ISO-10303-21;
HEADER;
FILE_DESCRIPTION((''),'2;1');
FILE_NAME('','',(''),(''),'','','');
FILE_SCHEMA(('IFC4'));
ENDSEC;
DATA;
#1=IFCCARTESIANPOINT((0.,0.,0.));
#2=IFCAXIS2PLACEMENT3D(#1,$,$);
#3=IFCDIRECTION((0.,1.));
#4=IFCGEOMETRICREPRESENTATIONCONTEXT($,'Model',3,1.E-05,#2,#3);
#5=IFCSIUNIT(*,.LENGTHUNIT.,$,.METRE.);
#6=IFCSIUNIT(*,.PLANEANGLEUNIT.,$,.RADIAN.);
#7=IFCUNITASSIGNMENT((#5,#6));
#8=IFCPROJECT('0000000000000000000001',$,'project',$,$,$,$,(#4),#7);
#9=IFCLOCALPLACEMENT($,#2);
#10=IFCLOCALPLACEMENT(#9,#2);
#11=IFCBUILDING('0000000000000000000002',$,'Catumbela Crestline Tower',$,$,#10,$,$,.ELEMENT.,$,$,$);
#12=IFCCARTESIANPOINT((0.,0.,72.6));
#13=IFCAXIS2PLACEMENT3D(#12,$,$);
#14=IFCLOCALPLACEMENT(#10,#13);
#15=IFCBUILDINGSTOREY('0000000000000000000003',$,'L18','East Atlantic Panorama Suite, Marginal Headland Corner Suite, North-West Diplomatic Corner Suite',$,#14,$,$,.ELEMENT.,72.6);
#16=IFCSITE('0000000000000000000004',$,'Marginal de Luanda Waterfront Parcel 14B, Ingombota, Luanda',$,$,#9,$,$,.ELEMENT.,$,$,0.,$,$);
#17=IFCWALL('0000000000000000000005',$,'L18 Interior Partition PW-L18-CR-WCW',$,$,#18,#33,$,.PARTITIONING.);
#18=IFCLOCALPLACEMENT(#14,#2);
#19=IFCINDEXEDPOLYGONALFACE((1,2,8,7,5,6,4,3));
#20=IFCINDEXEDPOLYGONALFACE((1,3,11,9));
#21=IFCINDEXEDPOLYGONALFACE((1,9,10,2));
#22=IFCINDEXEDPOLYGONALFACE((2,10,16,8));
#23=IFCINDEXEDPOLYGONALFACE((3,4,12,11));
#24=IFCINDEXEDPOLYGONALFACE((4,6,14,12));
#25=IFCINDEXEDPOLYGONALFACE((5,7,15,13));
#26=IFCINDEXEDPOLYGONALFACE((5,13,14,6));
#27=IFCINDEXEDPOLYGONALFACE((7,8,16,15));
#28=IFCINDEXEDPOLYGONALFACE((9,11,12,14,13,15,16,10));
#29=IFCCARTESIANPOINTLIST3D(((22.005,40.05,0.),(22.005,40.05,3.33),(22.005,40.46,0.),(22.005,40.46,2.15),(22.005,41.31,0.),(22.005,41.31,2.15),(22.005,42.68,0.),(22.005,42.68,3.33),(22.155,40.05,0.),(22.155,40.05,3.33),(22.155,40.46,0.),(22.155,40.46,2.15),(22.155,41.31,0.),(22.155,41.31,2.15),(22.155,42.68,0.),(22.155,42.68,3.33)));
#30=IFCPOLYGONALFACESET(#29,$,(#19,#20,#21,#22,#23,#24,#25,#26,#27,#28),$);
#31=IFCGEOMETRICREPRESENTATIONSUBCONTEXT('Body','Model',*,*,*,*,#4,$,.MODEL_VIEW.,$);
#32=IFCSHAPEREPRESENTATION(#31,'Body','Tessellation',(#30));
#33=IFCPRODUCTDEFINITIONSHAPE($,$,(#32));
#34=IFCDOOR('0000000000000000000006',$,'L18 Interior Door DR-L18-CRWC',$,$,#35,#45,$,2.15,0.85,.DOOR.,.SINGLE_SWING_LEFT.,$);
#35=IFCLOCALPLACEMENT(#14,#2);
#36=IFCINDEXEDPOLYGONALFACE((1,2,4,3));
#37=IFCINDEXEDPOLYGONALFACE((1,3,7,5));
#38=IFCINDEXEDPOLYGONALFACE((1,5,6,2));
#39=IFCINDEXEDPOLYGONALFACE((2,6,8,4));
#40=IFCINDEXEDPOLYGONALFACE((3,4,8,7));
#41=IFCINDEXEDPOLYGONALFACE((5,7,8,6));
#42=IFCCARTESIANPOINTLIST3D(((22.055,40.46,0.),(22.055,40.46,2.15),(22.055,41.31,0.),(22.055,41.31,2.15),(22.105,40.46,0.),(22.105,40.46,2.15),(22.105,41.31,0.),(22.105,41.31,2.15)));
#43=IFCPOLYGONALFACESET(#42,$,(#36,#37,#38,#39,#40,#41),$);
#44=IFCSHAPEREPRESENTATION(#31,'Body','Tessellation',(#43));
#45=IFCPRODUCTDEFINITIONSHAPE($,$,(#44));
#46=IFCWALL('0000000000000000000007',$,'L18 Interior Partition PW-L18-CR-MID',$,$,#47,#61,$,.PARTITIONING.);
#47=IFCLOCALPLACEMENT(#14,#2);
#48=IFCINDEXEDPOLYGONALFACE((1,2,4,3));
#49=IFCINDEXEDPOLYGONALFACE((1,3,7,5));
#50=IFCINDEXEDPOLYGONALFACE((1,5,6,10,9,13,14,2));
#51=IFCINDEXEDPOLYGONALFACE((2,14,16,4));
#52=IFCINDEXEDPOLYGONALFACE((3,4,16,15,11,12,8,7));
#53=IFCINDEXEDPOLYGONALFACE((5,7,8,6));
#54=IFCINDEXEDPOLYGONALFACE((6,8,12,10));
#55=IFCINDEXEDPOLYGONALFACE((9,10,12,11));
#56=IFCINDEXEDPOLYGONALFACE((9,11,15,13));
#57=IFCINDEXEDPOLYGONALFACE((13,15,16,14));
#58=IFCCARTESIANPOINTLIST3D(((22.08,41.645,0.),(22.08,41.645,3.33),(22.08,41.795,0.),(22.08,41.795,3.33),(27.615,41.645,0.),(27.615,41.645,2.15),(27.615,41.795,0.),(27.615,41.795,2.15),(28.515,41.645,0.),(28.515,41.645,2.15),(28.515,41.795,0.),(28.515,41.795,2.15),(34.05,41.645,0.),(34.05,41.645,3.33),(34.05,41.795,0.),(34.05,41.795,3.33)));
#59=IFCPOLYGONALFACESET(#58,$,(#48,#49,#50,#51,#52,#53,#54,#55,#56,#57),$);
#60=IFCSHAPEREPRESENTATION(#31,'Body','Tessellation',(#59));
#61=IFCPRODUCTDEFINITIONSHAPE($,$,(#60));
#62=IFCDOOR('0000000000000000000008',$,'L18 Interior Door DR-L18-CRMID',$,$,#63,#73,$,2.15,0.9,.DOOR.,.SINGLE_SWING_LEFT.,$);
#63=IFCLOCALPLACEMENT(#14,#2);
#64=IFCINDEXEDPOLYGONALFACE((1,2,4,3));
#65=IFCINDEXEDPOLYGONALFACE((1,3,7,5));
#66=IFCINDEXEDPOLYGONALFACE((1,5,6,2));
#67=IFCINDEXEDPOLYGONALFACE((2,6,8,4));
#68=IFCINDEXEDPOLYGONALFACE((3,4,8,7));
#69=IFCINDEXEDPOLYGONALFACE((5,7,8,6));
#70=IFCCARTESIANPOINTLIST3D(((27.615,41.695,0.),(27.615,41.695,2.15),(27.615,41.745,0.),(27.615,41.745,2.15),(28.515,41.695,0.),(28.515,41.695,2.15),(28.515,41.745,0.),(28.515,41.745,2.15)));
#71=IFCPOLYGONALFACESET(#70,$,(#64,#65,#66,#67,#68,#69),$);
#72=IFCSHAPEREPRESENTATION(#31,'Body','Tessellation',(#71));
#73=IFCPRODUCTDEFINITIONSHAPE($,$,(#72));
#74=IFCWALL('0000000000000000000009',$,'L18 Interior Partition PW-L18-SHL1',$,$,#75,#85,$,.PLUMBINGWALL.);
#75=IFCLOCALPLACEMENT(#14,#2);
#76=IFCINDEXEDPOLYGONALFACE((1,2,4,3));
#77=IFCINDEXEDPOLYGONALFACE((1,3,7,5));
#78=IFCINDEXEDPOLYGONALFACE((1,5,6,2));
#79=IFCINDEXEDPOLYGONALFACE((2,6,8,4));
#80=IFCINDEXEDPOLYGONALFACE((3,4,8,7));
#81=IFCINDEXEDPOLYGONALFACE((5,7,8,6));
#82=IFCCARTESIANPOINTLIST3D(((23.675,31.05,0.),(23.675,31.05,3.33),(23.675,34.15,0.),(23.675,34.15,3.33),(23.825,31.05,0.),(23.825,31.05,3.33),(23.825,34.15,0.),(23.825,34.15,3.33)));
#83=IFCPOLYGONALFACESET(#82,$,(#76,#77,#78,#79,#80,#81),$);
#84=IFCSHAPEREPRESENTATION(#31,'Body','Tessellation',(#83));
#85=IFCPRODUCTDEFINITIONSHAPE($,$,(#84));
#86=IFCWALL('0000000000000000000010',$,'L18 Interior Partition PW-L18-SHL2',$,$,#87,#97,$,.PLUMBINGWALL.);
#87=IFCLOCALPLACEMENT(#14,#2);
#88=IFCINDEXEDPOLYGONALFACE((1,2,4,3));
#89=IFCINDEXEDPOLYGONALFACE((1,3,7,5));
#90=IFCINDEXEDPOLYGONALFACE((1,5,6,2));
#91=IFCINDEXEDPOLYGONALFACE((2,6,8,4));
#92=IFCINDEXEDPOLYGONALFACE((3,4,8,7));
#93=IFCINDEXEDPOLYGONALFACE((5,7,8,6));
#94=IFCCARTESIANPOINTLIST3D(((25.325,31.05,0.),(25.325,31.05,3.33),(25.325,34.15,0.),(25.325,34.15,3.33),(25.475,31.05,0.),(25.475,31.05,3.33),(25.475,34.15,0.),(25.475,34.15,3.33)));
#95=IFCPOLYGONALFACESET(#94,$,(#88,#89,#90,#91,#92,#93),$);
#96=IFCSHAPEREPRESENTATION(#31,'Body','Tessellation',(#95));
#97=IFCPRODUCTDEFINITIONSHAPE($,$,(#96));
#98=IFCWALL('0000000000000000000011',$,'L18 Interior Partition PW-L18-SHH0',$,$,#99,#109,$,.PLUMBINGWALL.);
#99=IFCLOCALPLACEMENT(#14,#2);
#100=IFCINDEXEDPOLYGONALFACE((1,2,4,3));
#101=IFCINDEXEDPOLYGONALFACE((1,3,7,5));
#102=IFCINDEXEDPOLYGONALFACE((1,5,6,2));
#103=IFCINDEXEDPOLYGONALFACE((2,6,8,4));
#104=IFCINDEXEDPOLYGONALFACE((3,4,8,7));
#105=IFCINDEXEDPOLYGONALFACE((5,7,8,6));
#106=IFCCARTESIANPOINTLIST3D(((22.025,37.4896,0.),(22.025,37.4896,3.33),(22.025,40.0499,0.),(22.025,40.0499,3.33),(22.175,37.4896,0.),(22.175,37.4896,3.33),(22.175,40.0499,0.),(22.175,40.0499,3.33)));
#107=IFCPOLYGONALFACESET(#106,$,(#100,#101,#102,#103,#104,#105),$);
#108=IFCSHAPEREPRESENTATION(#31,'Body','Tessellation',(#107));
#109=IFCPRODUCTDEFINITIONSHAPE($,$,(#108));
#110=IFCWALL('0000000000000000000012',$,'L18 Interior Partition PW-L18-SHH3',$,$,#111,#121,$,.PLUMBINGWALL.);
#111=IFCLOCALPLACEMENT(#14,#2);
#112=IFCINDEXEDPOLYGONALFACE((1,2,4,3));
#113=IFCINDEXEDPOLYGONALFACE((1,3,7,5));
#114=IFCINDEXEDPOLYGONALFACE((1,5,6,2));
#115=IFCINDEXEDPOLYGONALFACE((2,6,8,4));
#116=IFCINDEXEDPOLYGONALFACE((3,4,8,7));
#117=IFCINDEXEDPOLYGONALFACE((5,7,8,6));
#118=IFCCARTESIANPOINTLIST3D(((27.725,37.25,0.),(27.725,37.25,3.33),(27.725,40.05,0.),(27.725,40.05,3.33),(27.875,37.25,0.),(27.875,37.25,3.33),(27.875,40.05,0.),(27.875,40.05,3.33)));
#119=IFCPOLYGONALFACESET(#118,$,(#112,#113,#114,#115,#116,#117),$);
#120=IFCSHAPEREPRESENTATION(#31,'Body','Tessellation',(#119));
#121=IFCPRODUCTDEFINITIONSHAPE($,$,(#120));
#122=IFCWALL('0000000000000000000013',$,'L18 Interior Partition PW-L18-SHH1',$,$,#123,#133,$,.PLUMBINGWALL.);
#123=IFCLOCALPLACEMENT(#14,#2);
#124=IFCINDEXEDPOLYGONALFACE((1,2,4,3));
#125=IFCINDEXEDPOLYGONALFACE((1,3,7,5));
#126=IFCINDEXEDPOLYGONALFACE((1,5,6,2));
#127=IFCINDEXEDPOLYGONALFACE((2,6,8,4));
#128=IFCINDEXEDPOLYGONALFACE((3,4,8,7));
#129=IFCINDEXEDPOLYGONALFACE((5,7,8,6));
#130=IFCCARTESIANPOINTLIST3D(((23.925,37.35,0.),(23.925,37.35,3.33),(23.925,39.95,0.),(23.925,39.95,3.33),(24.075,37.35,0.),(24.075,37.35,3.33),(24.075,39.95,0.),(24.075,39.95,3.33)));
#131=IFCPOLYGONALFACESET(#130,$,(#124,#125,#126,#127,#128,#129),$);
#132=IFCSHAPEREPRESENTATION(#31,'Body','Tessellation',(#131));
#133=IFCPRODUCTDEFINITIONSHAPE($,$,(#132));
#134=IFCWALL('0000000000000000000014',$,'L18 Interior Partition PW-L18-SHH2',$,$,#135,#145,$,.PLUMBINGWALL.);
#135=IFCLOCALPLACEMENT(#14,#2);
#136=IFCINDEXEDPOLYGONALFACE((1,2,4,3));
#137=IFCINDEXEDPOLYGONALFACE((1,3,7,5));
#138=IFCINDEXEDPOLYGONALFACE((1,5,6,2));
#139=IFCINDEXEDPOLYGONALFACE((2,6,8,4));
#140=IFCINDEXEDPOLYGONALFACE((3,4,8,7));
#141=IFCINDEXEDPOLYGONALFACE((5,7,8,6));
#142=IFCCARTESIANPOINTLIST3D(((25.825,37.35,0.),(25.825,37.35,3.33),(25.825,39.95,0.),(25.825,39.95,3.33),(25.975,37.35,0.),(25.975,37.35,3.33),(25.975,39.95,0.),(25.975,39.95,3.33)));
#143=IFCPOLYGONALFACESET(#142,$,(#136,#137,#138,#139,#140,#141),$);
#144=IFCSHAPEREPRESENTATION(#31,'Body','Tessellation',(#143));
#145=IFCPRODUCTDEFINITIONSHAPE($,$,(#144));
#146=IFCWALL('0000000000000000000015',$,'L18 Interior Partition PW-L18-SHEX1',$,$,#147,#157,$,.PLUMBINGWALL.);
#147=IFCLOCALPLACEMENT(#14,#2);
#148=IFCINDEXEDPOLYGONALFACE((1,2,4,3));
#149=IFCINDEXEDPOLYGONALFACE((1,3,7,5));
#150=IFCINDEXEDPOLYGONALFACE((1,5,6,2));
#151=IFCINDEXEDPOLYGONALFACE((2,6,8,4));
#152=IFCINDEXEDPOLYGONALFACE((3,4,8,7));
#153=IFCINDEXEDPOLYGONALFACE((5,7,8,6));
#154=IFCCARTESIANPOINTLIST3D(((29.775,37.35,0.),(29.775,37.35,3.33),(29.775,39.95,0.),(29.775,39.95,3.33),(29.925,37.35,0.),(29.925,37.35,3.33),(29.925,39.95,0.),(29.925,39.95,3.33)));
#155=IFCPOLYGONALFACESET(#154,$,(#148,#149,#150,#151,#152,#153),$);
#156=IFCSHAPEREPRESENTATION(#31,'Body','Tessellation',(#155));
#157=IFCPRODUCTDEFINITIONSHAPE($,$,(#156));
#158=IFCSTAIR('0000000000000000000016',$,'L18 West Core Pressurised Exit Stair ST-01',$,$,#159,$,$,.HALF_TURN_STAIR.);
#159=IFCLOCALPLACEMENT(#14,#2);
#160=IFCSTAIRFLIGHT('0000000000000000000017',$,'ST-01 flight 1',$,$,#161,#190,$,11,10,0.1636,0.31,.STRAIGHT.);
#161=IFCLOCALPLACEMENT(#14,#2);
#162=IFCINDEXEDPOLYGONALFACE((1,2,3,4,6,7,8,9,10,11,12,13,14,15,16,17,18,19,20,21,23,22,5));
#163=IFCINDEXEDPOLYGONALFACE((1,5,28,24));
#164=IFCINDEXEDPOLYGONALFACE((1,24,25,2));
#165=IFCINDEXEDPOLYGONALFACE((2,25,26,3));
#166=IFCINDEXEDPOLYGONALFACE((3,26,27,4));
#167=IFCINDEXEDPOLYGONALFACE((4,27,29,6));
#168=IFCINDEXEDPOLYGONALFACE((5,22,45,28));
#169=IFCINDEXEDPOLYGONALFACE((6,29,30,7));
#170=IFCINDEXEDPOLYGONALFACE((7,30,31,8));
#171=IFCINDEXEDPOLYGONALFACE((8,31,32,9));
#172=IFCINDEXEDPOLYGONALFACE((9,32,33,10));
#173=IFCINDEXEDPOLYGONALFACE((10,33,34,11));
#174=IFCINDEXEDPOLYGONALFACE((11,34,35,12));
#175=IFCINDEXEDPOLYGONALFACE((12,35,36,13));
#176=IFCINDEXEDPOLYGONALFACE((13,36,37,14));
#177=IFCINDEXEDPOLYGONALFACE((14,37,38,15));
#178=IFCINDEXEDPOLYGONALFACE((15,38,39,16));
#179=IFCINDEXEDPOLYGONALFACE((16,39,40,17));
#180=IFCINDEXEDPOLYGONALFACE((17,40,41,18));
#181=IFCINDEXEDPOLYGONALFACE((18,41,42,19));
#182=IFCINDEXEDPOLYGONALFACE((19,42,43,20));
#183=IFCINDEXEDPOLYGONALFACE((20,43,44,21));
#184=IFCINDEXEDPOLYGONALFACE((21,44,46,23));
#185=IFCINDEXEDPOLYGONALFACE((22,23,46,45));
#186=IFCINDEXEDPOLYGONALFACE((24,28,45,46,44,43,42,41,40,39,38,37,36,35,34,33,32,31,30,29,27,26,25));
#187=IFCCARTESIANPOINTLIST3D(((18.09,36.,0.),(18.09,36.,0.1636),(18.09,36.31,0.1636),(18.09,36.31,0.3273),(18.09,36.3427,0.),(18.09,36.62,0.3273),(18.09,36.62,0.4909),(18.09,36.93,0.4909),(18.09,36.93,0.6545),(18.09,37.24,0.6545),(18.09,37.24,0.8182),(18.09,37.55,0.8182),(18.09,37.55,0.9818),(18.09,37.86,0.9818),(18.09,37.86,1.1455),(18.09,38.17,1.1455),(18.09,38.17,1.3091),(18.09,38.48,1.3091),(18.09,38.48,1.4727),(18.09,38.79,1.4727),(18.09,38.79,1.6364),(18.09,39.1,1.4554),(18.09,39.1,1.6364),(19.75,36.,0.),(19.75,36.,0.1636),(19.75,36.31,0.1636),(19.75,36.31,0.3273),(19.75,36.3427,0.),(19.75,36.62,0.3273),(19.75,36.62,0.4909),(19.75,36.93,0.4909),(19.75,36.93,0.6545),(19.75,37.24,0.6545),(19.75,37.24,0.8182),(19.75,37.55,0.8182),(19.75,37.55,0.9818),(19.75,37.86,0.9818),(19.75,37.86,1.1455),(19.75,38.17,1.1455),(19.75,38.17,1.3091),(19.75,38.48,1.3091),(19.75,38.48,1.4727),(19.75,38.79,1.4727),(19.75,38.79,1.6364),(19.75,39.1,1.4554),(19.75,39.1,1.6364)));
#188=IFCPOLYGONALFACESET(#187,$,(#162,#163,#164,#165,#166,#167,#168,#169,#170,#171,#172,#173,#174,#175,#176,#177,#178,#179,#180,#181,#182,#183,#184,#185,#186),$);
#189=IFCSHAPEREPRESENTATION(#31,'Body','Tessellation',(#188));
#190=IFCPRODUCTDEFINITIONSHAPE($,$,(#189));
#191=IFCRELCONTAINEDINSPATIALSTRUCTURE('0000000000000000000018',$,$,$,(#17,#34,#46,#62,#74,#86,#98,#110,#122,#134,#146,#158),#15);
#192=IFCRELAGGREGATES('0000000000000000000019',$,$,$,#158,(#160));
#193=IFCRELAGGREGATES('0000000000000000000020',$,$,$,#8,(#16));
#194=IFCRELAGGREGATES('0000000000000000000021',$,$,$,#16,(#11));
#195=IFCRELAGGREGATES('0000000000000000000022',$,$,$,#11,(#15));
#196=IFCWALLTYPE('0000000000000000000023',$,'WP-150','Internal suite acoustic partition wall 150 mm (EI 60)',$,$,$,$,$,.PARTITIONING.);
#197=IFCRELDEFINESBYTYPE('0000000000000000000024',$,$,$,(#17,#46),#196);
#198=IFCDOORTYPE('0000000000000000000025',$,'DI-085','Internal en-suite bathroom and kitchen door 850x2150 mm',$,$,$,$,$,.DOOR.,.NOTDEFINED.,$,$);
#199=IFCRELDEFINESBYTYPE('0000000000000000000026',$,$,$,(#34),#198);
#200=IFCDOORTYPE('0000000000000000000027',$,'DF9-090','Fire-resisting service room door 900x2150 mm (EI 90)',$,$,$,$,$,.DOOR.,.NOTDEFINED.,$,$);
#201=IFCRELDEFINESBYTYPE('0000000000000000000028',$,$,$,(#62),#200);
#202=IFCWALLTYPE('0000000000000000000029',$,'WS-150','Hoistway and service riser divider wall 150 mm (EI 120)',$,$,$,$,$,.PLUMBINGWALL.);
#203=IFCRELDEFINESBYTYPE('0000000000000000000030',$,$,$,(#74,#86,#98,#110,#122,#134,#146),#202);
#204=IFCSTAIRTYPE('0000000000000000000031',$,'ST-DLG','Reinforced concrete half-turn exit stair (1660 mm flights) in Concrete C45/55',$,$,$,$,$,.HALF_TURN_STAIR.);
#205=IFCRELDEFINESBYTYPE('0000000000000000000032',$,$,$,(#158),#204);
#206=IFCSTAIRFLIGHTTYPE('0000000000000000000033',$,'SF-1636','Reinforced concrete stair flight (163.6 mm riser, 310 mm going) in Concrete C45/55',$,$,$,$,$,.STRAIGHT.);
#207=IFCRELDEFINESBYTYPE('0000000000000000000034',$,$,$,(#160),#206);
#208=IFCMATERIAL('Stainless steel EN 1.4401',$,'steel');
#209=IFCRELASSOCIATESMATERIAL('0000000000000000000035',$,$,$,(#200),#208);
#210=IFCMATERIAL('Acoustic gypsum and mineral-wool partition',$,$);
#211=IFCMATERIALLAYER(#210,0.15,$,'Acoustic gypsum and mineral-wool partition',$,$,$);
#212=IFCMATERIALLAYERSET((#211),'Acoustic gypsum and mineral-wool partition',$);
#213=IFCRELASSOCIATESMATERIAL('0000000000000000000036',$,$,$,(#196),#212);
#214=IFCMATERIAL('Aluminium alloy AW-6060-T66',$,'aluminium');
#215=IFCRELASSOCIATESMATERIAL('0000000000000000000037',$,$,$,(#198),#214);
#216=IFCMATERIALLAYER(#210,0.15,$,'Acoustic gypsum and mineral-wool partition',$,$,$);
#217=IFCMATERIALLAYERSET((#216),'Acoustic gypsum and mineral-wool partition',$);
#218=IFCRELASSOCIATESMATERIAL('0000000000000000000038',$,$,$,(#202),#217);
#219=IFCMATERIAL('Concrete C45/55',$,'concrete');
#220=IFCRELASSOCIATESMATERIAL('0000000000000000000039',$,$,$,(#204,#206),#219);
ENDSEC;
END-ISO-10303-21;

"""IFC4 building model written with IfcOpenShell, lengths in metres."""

from ifc_helpers import new_model, si_unit, direction, frame, frame_2d, origin, place, context, subcontext, project, spatial, polyline, rectangle, outline, extrude, material, layer, layer_set, type_object, element, fill, aggregate, save


model = new_model("IFC4")

# Units and contexts
model_context = context("Model", 3, precision=1e-05, world=origin(), true_north=direction((0.0, 1.0)))
body_context = subcontext(model_context, "Body", "Model", "MODEL_VIEW")
ifc_project = project(units=[si_unit("LENGTHUNIT", "METRE"), si_unit("PLANEANGLEUNIT", "RADIAN")], contexts=[model_context])

# Site, building, storey
site_placement = place(None, origin())
site = spatial("IfcSite", under=ifc_project, at=site_placement, Name="Marginal de Luanda Waterfront Parcel 14B, Ingombota, Luanda", CompositionType="ELEMENT", RefElevation=0.0)
building_placement = place(site_placement, origin())
building = spatial("IfcBuilding", under=site, at=building_placement, Name="Catumbela Crestline Tower", CompositionType="ELEMENT")
storey_placement = place(building_placement, frame((0.0, 0.0, 72.6)))
storey = spatial("IfcBuildingStorey", under=building, at=storey_placement, Name="L18", Description="East Atlantic Panorama Suite, Marginal Headland Corner Suite, North-West Diplomatic Corner Suite", CompositionType="ELEMENT", Elevation=72.6)

# Shared definitions
ifc_material_1 = material(Name="Aluminium alloy AW-6060-T66", Category="aluminium")

# Shared definitions
ifc_material_2 = material(Name="Stainless steel EN 1.4401", Category="steel")

# Shared definitions
door_type_1 = type_object("IfcDoorType", Name="DF9-090", Description="Fire-resisting service room door 900x2150 mm (EI 90)", OperationType="NOTDEFINED", PredefinedType="DOOR", material=ifc_material_2)

# Walls, openings, doors
ifc_material_3 = material(Name="Acoustic gypsum and mineral-wool partition")
ifc_layer_1 = layer(ifc_material_3, 0.15, Name="Acoustic gypsum and mineral-wool partition")
ifc_layer_set_1 = layer_set([ifc_layer_1], Name="Acoustic gypsum and mineral-wool partition")
wall_type_1 = type_object("IfcWallType", Name="WP-150", Description="Internal suite acoustic partition wall 150 mm (EI 60)", PredefinedType="PARTITIONING", material=ifc_layer_set_1)
wall_1_placement = place(storey_placement, frame((22.08, 40.05, 0.0), z_axis=(0.0, 0.0, 1.0), x_axis=(0.0, 1.0, 0.0)))
wall_1 = element("IfcWall", 1, at=wall_1_placement, inside=storey, type_object=wall_type_1, Name="L18 Interior Partition PW-L18-CR-WCW", PredefinedType="PARTITIONING", context=body_context, shape_type="SweptSolid", body=[
    extrude(rectangle(XDim=2.63, YDim=0.15, at=frame_2d((1.315, 0.0))), origin(), (0.0, 0.0, 1.0), 3.33),
])
opening_1_placement = place(wall_1_placement, frame((0.41, 0.0, 0.0)))
opening_1 = element("IfcOpeningElement", 2, at=opening_1_placement, cuts=wall_1, PredefinedType="OPENING", context=body_context, shape_type="SweptSolid", body=[
    extrude(rectangle(XDim=0.85, YDim=2.15, at=frame_2d((0.425, 1.075))), frame((0.0, 0.085, 0.0), z_axis=(0.0, -1.0, 0.0), x_axis=(1.0, 0.0, 0.0)), (0.0, 0.0, 1.0), 0.17),
])
door_type_2 = type_object("IfcDoorType", Name="DI-085", Description="Internal en-suite bathroom and kitchen door 850x2150 mm", OperationType="NOTDEFINED", PredefinedType="DOOR", material=ifc_material_1)
door_1_placement = place(opening_1_placement, origin())
door_1 = element("IfcDoor", 3, at=door_1_placement, inside=storey, type_object=door_type_2, Name="L18 Interior Door DR-L18-CRWC", OperationType="SINGLE_SWING_LEFT", OverallHeight=2.15, OverallWidth=0.85, PredefinedType="DOOR", context=body_context, shape_type="SweptSolid", body=[
    extrude(rectangle(XDim=0.85, YDim=2.15, at=frame_2d((0.425, 1.075))), frame((0.0, 0.025, 0.0), z_axis=(0.0, -1.0, 0.0), x_axis=(1.0, 0.0, 0.0)), (0.0, 0.0, 1.0), 0.05),
])
fill(opening_1, door_1)
wall_2_placement = place(storey_placement, frame((22.08, 41.72, 0.0), z_axis=(0.0, 0.0, 1.0), x_axis=(1.0, 0.0, 0.0)))
wall_2 = element("IfcWall", 4, at=wall_2_placement, inside=storey, type_object=wall_type_1, Name="L18 Interior Partition PW-L18-CR-MID", PredefinedType="PARTITIONING", context=body_context, shape_type="SweptSolid", body=[
    extrude(rectangle(XDim=11.97, YDim=0.15, at=frame_2d((5.985, 0.0))), origin(), (0.0, 0.0, 1.0), 3.33),
])
opening_2_placement = place(wall_2_placement, frame((5.535, 0.0, 0.0)))
opening_2 = element("IfcOpeningElement", 5, at=opening_2_placement, cuts=wall_2, PredefinedType="OPENING", context=body_context, shape_type="SweptSolid", body=[
    extrude(rectangle(XDim=0.9, YDim=2.15, at=frame_2d((0.45, 1.075))), frame((0.0, 0.085, 0.0), z_axis=(0.0, -1.0, 0.0), x_axis=(1.0, 0.0, 0.0)), (0.0, 0.0, 1.0), 0.17),
])
door_2_placement = place(opening_2_placement, origin())
door_2 = element("IfcDoor", 6, at=door_2_placement, inside=storey, type_object=door_type_1, Name="L18 Interior Door DR-L18-CRMID", OperationType="SINGLE_SWING_LEFT", OverallHeight=2.15, OverallWidth=0.9, PredefinedType="DOOR", context=body_context, shape_type="SweptSolid", body=[
    extrude(rectangle(XDim=0.9, YDim=2.15, at=frame_2d((0.45, 1.075))), frame((0.0, 0.025, 0.0), z_axis=(0.0, -1.0, 0.0), x_axis=(1.0, 0.0, 0.0)), (0.0, 0.0, 1.0), 0.05),
])
fill(opening_2, door_2)

# Walls
ifc_layer_2 = layer(ifc_material_3, 0.15, Name="Acoustic gypsum and mineral-wool partition")
ifc_layer_set_2 = layer_set([ifc_layer_2], Name="Acoustic gypsum and mineral-wool partition")
wall_type_2 = type_object("IfcWallType", Name="WS-150", Description="Hoistway and service riser divider wall 150 mm (EI 120)", PredefinedType="PLUMBINGWALL", material=ifc_layer_set_2)
for number, where, z_axis, x_axis, name in (
    (7, (23.75, 31.05, 0.0), (0.0, 0.0, 1.0), (0.0, 1.0, 0.0), "L18 Interior Partition PW-L18-SHL1"),
    (8, (25.4, 31.05, 0.0), (0.0, 0.0, 1.0), (0.0, 1.0, 0.0), "L18 Interior Partition PW-L18-SHL2"),
):
    element("IfcWall", number, at=place(storey_placement, frame(where, z_axis=z_axis, x_axis=x_axis)), inside=storey, type_object=wall_type_2, Name=name, PredefinedType="PLUMBINGWALL", context=body_context, shape_type="SweptSolid", body=[
        extrude(rectangle(XDim=3.1, YDim=0.15, at=frame_2d((1.55, 0.0))), origin(), (0.0, 0.0, 1.0), 3.33),
    ])
wall_3_placement = place(storey_placement, frame((22.1, 37.4897, 0.0), z_axis=(0.0, 0.0, 1.0), x_axis=(0.0, 1.0, 0.0)))
element("IfcWall", 9, at=wall_3_placement, inside=storey, type_object=wall_type_2, Name="L18 Interior Partition PW-L18-SHH0", PredefinedType="PLUMBINGWALL", context=body_context, shape_type="SweptSolid", body=[
    extrude(rectangle(XDim=2.5603, YDim=0.15, at=frame_2d((1.2801, 0.0))), origin(), (0.0, 0.0, 1.0), 3.33),
])
wall_4_placement = place(storey_placement, frame((27.8, 37.25, 0.0), z_axis=(0.0, 0.0, 1.0), x_axis=(0.0, 1.0, 0.0)))
element("IfcWall", 10, at=wall_4_placement, inside=storey, type_object=wall_type_2, Name="L18 Interior Partition PW-L18-SHH3", PredefinedType="PLUMBINGWALL", context=body_context, shape_type="SweptSolid", body=[
    extrude(rectangle(XDim=2.8, YDim=0.15, at=frame_2d((1.4, 0.0))), origin(), (0.0, 0.0, 1.0), 3.33),
])
for number, where, z_axis, x_axis, name in (
    (11, (24.0, 37.35, 0.0), (0.0, 0.0, 1.0), (0.0, 1.0, 0.0), "L18 Interior Partition PW-L18-SHH1"),
    (12, (25.9, 37.35, 0.0), (0.0, 0.0, 1.0), (0.0, 1.0, 0.0), "L18 Interior Partition PW-L18-SHH2"),
    (13, (29.85, 37.35, 0.0), (0.0, 0.0, 1.0), (0.0, 1.0, 0.0), "L18 Interior Partition PW-L18-SHEX1"),
):
    element("IfcWall", number, at=place(storey_placement, frame(where, z_axis=z_axis, x_axis=x_axis)), inside=storey, type_object=wall_type_2, Name=name, PredefinedType="PLUMBINGWALL", context=body_context, shape_type="SweptSolid", body=[
        extrude(rectangle(XDim=2.6, YDim=0.15, at=frame_2d((1.3, 0.0))), origin(), (0.0, 0.0, 1.0), 3.33),
    ])

# Stair, stair flight
ifc_material_4 = material(Name="Concrete C45/55", Category="concrete")
stair_type = type_object("IfcStairType", Name="ST-DLG", Description="Reinforced concrete half-turn exit stair (1660 mm flights) in Concrete C45/55", PredefinedType="HALF_TURN_STAIR", material=ifc_material_4)
stair_placement = place(storey_placement, origin())
stair = element("IfcStair", 14, at=stair_placement, inside=storey, type_object=stair_type, Name="L18 West Core Pressurised Exit Stair ST-01", PredefinedType="HALF_TURN_STAIR")
stair_flight_type = type_object("IfcStairFlightType", Name="SF-1636", Description="Reinforced concrete stair flight (163.6 mm riser, 310 mm going) in Concrete C45/55", PredefinedType="STRAIGHT", material=ifc_material_4)
stair_flight_placement = place(storey_placement, frame((18.92, 36.0, 0.0), z_axis=(0.0, 0.0, 1.0), x_axis=(0.0, 1.0, 0.0)))
stair_flight = element("IfcStairFlight", 15, at=stair_flight_placement, type_object=stair_flight_type, Name="ST-01 flight 1", NumberOfRisers=11, NumberOfTreads=10, PredefinedType="STRAIGHT", RiserHeight=0.1636, TreadLength=0.31, context=body_context, shape_type="SweptSolid", body=[
    extrude(outline(polyline([(0.0, 0.0), (0.0, 0.1636), (0.31, 0.1636), (0.31, 0.3273), (0.62, 0.3273), (0.62, 0.4909), (0.93, 0.4909), (0.93, 0.6545), (1.24, 0.6545), (1.24, 0.8182), (1.55, 0.8182), (1.55, 0.9818), (1.86, 0.9818), (1.86, 1.1455), (2.17, 1.1455), (2.17, 1.3091), (2.48, 1.3091), (2.48, 1.4727), (2.79, 1.4727), (2.79, 1.6364), (3.1, 1.6364), (3.1, 1.8), (3.1, 1.4554), (0.3427, 0.0), (0.0, 0.0)])), frame((0.0, 0.83, 0.0), z_axis=(0.0, -1.0, 0.0), x_axis=(1.0, 0.0, 0.0)), (0.0, 0.0, 1.0), 1.66),
])
aggregate(stair, [stair_flight])

save(model, "model.ifc")
